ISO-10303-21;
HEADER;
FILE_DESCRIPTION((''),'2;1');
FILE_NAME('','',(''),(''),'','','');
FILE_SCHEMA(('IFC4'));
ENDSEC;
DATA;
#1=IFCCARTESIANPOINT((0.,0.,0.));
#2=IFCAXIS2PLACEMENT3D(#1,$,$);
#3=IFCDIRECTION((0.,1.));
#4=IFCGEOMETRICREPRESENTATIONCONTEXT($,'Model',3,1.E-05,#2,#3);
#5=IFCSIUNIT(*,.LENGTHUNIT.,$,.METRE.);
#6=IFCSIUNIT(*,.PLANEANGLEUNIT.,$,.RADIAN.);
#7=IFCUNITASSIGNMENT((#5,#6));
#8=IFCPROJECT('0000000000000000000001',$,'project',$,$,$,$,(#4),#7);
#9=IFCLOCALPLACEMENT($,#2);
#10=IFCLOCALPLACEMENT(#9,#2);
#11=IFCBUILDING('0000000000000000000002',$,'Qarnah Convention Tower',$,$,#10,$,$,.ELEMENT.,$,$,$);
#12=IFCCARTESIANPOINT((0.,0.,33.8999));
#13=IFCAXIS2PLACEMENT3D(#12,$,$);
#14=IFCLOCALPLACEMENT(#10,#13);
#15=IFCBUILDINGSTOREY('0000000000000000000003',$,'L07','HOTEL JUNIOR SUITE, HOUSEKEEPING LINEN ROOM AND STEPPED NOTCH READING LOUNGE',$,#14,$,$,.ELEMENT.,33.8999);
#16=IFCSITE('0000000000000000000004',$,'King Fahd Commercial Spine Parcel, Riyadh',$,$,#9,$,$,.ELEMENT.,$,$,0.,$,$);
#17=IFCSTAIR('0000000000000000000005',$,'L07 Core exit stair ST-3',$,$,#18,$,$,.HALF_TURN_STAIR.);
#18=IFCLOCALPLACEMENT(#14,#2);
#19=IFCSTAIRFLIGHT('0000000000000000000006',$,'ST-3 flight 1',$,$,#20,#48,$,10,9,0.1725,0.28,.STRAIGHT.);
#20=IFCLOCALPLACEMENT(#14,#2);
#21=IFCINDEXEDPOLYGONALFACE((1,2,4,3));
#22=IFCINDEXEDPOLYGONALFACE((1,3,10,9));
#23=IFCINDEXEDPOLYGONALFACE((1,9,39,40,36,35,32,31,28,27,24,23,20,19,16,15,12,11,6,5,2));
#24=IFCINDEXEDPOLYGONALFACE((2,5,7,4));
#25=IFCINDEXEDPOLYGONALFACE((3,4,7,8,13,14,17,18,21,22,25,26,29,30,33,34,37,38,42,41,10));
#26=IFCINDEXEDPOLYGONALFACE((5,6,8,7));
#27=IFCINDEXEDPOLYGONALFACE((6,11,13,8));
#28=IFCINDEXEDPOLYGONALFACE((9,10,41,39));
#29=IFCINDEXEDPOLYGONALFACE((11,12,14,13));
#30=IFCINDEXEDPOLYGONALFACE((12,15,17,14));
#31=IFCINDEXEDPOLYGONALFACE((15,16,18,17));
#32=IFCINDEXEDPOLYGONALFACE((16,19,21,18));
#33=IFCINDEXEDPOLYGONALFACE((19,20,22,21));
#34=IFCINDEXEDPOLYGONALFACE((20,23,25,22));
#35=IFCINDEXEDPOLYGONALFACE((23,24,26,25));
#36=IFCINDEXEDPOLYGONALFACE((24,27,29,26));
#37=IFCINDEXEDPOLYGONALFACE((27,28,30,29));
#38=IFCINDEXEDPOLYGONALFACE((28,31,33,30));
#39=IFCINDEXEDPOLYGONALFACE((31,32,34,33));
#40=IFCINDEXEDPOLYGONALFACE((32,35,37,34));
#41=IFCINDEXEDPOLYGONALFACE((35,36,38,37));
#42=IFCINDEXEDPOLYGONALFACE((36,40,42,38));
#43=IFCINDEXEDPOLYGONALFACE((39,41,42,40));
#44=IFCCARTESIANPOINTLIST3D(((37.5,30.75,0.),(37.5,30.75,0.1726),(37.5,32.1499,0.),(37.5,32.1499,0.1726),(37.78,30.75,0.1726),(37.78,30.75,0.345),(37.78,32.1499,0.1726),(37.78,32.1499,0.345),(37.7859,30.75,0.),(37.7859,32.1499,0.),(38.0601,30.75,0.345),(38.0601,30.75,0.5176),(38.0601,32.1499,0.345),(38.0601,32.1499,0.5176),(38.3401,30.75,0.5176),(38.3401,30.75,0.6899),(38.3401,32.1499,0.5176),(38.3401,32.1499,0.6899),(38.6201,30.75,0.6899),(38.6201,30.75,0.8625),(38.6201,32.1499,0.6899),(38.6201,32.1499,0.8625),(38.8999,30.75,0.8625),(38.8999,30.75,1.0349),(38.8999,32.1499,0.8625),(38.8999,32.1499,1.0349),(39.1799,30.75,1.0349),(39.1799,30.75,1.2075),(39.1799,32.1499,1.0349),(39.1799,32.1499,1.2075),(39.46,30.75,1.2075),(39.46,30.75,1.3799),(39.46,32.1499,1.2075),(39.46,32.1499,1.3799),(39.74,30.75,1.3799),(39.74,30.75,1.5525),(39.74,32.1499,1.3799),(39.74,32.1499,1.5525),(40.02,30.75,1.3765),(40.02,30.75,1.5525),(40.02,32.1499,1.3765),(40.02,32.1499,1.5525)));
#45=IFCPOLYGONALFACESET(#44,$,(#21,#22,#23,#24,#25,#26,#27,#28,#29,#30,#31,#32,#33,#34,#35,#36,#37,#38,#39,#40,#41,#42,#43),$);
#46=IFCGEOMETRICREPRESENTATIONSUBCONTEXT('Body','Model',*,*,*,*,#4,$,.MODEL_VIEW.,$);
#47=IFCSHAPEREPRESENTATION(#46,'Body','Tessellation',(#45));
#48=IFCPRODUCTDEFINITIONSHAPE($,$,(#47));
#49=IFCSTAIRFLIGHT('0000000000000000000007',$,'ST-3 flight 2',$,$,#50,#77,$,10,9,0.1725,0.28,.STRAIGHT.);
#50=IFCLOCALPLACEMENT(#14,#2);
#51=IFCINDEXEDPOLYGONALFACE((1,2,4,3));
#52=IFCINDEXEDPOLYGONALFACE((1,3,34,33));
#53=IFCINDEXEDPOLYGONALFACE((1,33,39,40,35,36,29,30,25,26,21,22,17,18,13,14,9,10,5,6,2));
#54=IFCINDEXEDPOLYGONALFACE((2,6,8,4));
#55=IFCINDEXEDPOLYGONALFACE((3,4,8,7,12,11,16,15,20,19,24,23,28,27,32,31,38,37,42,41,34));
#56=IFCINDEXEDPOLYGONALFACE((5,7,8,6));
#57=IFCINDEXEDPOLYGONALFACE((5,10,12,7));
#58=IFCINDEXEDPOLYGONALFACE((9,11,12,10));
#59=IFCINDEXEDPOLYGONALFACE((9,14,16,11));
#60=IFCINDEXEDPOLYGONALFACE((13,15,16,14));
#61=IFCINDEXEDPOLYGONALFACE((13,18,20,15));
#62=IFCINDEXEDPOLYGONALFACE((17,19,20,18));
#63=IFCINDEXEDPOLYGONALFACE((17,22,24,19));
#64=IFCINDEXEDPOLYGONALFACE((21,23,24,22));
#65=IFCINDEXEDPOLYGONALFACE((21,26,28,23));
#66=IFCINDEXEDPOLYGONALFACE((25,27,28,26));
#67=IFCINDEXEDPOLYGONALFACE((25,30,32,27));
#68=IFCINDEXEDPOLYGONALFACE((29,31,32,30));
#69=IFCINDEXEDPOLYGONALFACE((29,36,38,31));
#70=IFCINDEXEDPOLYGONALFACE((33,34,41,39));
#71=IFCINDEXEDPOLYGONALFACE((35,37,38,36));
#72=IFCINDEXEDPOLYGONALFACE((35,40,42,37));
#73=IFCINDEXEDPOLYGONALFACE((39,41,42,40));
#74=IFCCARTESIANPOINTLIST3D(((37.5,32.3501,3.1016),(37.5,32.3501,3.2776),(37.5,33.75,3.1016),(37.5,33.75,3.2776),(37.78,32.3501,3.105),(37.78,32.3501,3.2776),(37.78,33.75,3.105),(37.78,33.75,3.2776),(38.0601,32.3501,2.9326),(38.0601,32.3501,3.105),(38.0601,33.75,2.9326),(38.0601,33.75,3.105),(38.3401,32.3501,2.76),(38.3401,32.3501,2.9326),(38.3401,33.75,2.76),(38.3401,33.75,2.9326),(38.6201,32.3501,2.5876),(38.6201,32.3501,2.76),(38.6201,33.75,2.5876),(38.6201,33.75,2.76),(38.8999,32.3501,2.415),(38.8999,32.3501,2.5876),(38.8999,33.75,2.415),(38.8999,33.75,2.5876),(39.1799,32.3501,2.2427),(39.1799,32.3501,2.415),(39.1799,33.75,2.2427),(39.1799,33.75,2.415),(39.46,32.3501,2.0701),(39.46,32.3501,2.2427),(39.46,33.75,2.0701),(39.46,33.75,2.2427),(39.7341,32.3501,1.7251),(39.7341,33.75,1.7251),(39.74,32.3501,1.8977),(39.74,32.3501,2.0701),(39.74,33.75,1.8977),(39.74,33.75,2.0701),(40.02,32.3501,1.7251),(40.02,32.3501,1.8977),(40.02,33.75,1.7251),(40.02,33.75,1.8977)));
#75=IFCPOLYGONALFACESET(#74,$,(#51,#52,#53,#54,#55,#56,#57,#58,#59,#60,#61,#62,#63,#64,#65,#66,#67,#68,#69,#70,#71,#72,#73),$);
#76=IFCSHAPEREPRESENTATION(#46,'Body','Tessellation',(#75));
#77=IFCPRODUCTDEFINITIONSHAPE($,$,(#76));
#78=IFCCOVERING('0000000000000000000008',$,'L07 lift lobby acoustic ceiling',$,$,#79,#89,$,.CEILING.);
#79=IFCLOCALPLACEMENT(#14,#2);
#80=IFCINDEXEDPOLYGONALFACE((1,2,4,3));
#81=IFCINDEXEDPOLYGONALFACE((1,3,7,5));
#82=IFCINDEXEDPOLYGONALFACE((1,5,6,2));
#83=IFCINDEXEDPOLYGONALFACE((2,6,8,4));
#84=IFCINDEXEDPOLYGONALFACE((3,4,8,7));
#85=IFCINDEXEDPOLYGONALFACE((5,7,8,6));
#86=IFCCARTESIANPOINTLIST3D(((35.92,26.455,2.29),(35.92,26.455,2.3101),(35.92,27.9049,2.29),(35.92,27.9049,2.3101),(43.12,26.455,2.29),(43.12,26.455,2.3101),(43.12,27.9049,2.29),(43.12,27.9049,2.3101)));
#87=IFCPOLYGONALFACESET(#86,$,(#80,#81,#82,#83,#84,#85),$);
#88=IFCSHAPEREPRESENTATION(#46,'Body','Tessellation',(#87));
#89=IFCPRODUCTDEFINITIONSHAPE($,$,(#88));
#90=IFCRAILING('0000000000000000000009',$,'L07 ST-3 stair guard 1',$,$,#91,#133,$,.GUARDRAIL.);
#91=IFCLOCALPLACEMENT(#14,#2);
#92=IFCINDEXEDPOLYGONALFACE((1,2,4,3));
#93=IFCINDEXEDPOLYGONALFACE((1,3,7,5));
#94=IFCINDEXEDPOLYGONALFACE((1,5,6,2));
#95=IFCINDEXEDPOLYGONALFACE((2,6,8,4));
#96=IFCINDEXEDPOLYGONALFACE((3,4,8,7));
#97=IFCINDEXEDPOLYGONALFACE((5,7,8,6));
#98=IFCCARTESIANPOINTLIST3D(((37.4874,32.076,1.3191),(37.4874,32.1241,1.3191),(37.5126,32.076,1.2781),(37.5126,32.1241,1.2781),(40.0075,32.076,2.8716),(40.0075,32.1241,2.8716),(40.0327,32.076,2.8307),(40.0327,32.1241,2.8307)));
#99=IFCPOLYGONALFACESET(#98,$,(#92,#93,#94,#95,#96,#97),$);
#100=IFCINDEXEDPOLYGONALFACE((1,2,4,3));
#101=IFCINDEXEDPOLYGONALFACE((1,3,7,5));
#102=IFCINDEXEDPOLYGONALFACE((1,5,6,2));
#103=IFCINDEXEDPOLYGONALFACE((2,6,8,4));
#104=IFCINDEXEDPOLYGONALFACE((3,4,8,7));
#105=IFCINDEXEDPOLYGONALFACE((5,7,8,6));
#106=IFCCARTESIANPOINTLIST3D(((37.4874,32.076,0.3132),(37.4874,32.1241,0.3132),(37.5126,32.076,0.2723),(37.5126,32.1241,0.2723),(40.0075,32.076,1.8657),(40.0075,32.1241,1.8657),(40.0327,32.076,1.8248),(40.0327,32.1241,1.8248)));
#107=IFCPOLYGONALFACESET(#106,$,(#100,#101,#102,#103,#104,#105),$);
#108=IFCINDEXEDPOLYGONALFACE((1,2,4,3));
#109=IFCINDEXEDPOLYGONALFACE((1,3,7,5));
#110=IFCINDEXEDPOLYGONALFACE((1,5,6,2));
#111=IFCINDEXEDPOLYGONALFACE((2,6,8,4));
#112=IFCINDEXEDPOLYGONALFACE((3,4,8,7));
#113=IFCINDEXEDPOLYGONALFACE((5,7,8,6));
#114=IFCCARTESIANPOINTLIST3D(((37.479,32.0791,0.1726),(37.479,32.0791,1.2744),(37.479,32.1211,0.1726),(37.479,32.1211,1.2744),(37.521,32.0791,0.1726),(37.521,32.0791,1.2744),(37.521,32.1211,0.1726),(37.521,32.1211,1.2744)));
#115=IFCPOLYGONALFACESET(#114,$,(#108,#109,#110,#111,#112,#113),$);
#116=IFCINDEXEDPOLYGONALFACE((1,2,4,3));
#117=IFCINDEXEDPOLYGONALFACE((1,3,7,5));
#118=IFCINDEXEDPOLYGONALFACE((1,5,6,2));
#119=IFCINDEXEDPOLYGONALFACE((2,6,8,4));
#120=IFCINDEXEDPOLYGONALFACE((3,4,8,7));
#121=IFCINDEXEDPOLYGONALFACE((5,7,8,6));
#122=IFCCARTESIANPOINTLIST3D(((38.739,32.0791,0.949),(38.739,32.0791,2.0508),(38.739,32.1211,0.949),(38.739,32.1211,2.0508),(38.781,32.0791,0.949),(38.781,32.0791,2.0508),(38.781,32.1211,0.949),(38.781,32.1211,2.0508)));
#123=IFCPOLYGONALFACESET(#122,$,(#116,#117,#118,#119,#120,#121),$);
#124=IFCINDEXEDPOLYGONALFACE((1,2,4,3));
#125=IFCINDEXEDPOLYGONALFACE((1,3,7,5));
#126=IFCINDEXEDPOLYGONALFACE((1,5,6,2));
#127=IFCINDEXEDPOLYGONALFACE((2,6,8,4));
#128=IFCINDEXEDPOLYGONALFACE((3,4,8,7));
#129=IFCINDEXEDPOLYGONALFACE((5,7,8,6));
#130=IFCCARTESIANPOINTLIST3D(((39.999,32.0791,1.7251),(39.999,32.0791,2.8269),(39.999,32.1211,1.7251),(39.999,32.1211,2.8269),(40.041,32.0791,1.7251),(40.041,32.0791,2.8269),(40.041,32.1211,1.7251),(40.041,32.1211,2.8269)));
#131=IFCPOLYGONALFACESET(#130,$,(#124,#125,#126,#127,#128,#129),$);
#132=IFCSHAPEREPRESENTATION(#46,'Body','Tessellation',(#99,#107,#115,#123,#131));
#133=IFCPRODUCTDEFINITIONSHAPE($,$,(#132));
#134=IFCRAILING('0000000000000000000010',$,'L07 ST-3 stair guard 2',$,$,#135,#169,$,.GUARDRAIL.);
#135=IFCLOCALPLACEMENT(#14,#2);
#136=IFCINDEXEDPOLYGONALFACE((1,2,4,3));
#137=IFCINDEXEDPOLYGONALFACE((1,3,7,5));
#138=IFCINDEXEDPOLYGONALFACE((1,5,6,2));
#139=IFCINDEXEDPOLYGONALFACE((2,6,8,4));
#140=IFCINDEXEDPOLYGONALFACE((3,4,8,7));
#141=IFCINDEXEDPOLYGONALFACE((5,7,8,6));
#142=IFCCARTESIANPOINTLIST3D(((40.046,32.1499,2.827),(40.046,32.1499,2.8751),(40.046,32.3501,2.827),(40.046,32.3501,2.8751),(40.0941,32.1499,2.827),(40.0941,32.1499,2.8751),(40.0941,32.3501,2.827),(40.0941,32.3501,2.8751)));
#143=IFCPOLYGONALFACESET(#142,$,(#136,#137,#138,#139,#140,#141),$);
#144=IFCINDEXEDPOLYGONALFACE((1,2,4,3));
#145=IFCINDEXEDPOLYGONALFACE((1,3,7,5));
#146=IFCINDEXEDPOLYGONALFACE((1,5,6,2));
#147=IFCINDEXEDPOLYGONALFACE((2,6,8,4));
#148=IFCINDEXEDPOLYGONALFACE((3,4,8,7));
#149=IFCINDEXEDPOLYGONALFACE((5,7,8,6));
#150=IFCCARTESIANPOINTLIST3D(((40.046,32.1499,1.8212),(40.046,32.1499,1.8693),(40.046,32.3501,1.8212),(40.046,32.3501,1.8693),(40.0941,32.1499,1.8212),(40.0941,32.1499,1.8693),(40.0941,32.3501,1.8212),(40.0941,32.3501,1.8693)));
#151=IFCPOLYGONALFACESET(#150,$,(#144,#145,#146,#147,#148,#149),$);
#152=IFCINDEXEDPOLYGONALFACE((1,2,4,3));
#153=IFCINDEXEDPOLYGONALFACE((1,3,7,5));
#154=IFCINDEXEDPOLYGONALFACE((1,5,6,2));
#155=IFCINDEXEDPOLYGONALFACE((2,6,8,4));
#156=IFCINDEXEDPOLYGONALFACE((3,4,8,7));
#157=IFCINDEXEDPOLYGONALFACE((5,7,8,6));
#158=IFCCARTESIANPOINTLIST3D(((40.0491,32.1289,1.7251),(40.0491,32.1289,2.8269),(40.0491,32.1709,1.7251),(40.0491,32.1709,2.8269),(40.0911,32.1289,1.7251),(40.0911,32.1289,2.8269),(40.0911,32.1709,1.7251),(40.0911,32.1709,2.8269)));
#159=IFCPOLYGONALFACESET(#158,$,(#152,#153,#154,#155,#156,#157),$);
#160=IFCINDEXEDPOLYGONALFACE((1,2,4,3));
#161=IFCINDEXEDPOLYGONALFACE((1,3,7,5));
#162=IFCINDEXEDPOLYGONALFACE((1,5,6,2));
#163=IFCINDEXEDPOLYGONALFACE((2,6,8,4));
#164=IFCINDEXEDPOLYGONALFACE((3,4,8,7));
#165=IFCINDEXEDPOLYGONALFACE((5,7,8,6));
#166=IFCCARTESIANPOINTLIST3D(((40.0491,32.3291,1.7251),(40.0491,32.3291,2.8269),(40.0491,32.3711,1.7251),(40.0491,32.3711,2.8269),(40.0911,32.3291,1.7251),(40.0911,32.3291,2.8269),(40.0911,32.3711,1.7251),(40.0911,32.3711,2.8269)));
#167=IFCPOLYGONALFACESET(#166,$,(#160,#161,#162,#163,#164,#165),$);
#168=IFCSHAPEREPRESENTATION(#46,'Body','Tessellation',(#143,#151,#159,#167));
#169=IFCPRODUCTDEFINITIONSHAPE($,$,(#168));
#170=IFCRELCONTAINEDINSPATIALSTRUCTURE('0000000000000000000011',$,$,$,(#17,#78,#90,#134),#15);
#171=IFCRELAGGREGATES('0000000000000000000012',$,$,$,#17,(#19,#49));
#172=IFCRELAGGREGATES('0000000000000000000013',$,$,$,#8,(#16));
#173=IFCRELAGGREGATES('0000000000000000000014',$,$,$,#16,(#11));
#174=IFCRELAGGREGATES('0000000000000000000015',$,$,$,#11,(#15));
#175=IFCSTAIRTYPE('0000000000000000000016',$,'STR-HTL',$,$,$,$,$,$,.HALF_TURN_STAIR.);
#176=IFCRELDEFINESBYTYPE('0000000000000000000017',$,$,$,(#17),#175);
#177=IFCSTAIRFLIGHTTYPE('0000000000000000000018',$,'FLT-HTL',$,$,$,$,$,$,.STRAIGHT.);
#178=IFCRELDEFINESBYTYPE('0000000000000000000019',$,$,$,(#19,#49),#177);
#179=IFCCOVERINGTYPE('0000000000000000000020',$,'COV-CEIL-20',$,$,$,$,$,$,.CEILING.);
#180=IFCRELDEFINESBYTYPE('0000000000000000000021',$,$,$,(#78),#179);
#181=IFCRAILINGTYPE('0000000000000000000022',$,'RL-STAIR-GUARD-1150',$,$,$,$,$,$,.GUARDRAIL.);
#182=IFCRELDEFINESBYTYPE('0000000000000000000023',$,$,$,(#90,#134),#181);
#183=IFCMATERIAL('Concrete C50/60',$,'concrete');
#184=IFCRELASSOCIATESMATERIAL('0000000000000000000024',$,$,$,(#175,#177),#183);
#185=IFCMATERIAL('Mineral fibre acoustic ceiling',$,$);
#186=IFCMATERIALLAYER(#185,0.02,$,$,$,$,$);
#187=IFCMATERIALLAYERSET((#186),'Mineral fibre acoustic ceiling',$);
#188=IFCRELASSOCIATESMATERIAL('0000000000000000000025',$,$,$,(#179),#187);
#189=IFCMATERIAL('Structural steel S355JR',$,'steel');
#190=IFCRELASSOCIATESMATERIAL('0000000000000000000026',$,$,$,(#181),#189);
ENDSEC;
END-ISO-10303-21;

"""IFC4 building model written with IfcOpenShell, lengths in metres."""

from ifc_helpers import new_model, si_unit, direction, frame, origin, origin_2d, place, context, subcontext, project, spatial, polyline, rectangle, outline, extrude, material, layer, layer_set, type_object, element, aggregate, save


model = new_model("IFC4")

# Units and contexts
model_context = context("Model", 3, precision=1e-05, world=origin(), true_north=direction((0.0, 1.0)))
body_context = subcontext(model_context, "Body", "Model", "MODEL_VIEW")
ifc_project = project(units=[si_unit("LENGTHUNIT", "METRE"), si_unit("PLANEANGLEUNIT", "RADIAN")], contexts=[model_context])

# Site, building, storey
site_placement = place(None, origin())
site = spatial("IfcSite", under=ifc_project, at=site_placement, Name="King Fahd Commercial Spine Parcel, Riyadh", CompositionType="ELEMENT", RefElevation=0.0)
building_placement = place(site_placement, origin())
building = spatial("IfcBuilding", under=site, at=building_placement, Name="Qarnah Convention Tower", CompositionType="ELEMENT")
storey_placement = place(building_placement, frame((0.0, 0.0, 33.8999)))
storey = spatial("IfcBuildingStorey", under=building, at=storey_placement, Name="L07", Description="HOTEL JUNIOR SUITE, HOUSEKEEPING LINEN ROOM AND STEPPED NOTCH READING LOUNGE", CompositionType="ELEMENT", Elevation=33.8999)

# Shared definitions
ifc_material_1 = material(Name="Structural steel S355JR", Category="steel")

# Stair, stair flights
ifc_material_2 = material(Name="Concrete C50/60", Category="concrete")
stair_type = type_object("IfcStairType", Name="STR-HTL", PredefinedType="HALF_TURN_STAIR", material=ifc_material_2)
stair_placement = place(storey_placement, origin())
stair = element("IfcStair", 1, at=stair_placement, inside=storey, type_object=stair_type, Name="L07 Core exit stair ST-3", PredefinedType="HALF_TURN_STAIR")
stair_flight_type = type_object("IfcStairFlightType", Name="FLT-HTL", PredefinedType="STRAIGHT", material=ifc_material_2)
stair_flight_1_placement = place(storey_placement, frame((37.5, 31.45, 0.0), z_axis=(0.0, 0.0, 1.0), x_axis=(1.0, 0.0, 0.0)))
stair_flight_1 = element("IfcStairFlight", 2, at=stair_flight_1_placement, type_object=stair_flight_type, Name="ST-3 flight 1", NumberOfRisers=10, NumberOfTreads=9, PredefinedType="STRAIGHT", RiserHeight=0.1725, TreadLength=0.28, context=body_context, shape_type="SweptSolid", body=[
    extrude(outline(polyline([(0.0, 0.0), (0.0, 0.1726), (0.28, 0.1726), (0.28, 0.345), (0.5601, 0.345), (0.5601, 0.5176), (0.8401, 0.5176), (0.8401, 0.6899), (1.1201, 0.6899), (1.1201, 0.8625), (1.3999, 0.8625), (1.3999, 1.0349), (1.6799, 1.0349), (1.6799, 1.2075), (1.96, 1.2075), (1.96, 1.3799), (2.24, 1.3799), (2.24, 1.5525), (2.52, 1.5525), (2.52, 1.7251), (2.52, 1.3765), (0.2859, 0.0), (0.0, 0.0)])), frame((0.0, 0.7, 0.0), z_axis=(0.0, -1.0, 0.0), x_axis=(1.0, 0.0, 0.0)), (0.0, 0.0, 1.0), 1.3999),
])
stair_flight_2_placement = place(storey_placement, frame((40.02, 33.05, 1.7251), z_axis=(0.0, 0.0, 1.0), x_axis=(-1.0, 0.0, 0.0)))
stair_flight_2 = element("IfcStairFlight", 3, at=stair_flight_2_placement, type_object=stair_flight_type, Name="ST-3 flight 2", NumberOfRisers=10, NumberOfTreads=9, PredefinedType="STRAIGHT", RiserHeight=0.1725, TreadLength=0.28, context=body_context, shape_type="SweptSolid", body=[
    extrude(outline(polyline([(0.0, 0.0), (0.0, 0.1726), (0.28, 0.1726), (0.28, 0.345), (0.5601, 0.345), (0.5601, 0.5176), (0.8401, 0.5176), (0.8401, 0.6899), (1.1201, 0.6899), (1.1201, 0.8625), (1.3999, 0.8625), (1.3999, 1.0349), (1.6799, 1.0349), (1.6799, 1.2075), (1.96, 1.2075), (1.96, 1.3799), (2.24, 1.3799), (2.24, 1.5525), (2.52, 1.5525), (2.52, 1.7251), (2.52, 1.3765), (0.2859, 0.0), (0.0, 0.0)])), frame((0.0, 0.7, 0.0), z_axis=(0.0, -1.0, 0.0), x_axis=(1.0, 0.0, 0.0)), (0.0, 0.0, 1.0), 1.3999),
])
aggregate(stair, [stair_flight_1, stair_flight_2])

# Covering
ifc_material_3 = material(Name="Mineral fibre acoustic ceiling")
ifc_layer_1 = layer(ifc_material_3, 0.02)
ifc_layer_set_1 = layer_set([ifc_layer_1], Name="Mineral fibre acoustic ceiling")
covering_type = type_object("IfcCoveringType", Name="COV-CEIL-20", PredefinedType="CEILING", material=ifc_layer_set_1)
covering_placement = place(storey_placement, frame((39.52, 27.1799, 2.29), z_axis=(0.0, 0.0, 1.0), x_axis=(1.0, 0.0, 0.0)))
element("IfcCovering", 4, at=covering_placement, inside=storey, type_object=covering_type, Name="L07 lift lobby acoustic ceiling", PredefinedType="CEILING", context=body_context, shape_type="SweptSolid", body=[
    extrude(rectangle(XDim=7.2, YDim=1.45, at=origin_2d()), origin(), (0.0, 0.0, 1.0), 0.02),
])

# Railings
railing_type_1 = type_object("IfcRailingType", Name="RL-STAIR-GUARD-1150", PredefinedType="GUARDRAIL", material=ifc_material_1)
railing_1_placement = place(storey_placement, frame((37.5, 32.1001, 0.1726)))
element("IfcRailing", 5, at=railing_1_placement, inside=storey, type_object=railing_type_1, Name="L07 ST-3 stair guard 1", PredefinedType="GUARDRAIL", context=body_context, shape_type="SweptSolid", body=[
    extrude(rectangle(XDim=0.0481, YDim=0.0481, at=origin_2d()), frame((0.0, 0.0, 1.126), z_axis=(0.8514, 0.0, 0.524516), x_axis=(0.0, 1.0, 0.0)), (0.0, 0.0, 1.0), 2.96),
    extrude(rectangle(XDim=0.0481, YDim=0.0481, at=origin_2d()), frame((0.0, 0.0, 0.1201), z_axis=(0.8514, 0.0, 0.524516), x_axis=(0.0, 1.0, 0.0)), (0.0, 0.0, 1.0), 2.96),
    extrude(rectangle(XDim=0.042, YDim=0.042, at=origin_2d()), origin(), (0.0, 0.0, 1.0), 1.1018),
    extrude(rectangle(XDim=0.042, YDim=0.042, at=origin_2d()), frame((1.26, 0.0, 0.7764)), (0.0, 0.0, 1.0), 1.1018),
    extrude(rectangle(XDim=0.042, YDim=0.042, at=origin_2d()), frame((2.52, 0.0, 1.5525)), (0.0, 0.0, 1.0), 1.1018),
])
railing_2_placement = place(storey_placement, frame((40.0701, 32.1499, 1.7251)))
element("IfcRailing", 6, at=railing_2_placement, inside=storey, type_object=railing_type_1, Name="L07 ST-3 stair guard 2", PredefinedType="GUARDRAIL", context=body_context, shape_type="SweptSolid", body=[
    extrude(rectangle(XDim=0.0481, YDim=0.0481, at=origin_2d()), frame((0.0, 0.0, 1.126), z_axis=(0.0, 1.0, 0.0), x_axis=(-1.0, 0.0, 0.0)), (0.0, 0.0, 1.0), 0.2002),
    extrude(rectangle(XDim=0.0481, YDim=0.0481, at=origin_2d()), frame((0.0, 0.0, 0.1201), z_axis=(0.0, 1.0, 0.0), x_axis=(-1.0, 0.0, 0.0)), (0.0, 0.0, 1.0), 0.2002),
    extrude(rectangle(XDim=0.042, YDim=0.042, at=origin_2d()), origin(), (0.0, 0.0, 1.0), 1.1018),
    extrude(rectangle(XDim=0.042, YDim=0.042, at=origin_2d()), frame((0.0, 0.2002, 0.0)), (0.0, 0.0, 1.0), 1.1018),
])

save(model, "model.ifc")
